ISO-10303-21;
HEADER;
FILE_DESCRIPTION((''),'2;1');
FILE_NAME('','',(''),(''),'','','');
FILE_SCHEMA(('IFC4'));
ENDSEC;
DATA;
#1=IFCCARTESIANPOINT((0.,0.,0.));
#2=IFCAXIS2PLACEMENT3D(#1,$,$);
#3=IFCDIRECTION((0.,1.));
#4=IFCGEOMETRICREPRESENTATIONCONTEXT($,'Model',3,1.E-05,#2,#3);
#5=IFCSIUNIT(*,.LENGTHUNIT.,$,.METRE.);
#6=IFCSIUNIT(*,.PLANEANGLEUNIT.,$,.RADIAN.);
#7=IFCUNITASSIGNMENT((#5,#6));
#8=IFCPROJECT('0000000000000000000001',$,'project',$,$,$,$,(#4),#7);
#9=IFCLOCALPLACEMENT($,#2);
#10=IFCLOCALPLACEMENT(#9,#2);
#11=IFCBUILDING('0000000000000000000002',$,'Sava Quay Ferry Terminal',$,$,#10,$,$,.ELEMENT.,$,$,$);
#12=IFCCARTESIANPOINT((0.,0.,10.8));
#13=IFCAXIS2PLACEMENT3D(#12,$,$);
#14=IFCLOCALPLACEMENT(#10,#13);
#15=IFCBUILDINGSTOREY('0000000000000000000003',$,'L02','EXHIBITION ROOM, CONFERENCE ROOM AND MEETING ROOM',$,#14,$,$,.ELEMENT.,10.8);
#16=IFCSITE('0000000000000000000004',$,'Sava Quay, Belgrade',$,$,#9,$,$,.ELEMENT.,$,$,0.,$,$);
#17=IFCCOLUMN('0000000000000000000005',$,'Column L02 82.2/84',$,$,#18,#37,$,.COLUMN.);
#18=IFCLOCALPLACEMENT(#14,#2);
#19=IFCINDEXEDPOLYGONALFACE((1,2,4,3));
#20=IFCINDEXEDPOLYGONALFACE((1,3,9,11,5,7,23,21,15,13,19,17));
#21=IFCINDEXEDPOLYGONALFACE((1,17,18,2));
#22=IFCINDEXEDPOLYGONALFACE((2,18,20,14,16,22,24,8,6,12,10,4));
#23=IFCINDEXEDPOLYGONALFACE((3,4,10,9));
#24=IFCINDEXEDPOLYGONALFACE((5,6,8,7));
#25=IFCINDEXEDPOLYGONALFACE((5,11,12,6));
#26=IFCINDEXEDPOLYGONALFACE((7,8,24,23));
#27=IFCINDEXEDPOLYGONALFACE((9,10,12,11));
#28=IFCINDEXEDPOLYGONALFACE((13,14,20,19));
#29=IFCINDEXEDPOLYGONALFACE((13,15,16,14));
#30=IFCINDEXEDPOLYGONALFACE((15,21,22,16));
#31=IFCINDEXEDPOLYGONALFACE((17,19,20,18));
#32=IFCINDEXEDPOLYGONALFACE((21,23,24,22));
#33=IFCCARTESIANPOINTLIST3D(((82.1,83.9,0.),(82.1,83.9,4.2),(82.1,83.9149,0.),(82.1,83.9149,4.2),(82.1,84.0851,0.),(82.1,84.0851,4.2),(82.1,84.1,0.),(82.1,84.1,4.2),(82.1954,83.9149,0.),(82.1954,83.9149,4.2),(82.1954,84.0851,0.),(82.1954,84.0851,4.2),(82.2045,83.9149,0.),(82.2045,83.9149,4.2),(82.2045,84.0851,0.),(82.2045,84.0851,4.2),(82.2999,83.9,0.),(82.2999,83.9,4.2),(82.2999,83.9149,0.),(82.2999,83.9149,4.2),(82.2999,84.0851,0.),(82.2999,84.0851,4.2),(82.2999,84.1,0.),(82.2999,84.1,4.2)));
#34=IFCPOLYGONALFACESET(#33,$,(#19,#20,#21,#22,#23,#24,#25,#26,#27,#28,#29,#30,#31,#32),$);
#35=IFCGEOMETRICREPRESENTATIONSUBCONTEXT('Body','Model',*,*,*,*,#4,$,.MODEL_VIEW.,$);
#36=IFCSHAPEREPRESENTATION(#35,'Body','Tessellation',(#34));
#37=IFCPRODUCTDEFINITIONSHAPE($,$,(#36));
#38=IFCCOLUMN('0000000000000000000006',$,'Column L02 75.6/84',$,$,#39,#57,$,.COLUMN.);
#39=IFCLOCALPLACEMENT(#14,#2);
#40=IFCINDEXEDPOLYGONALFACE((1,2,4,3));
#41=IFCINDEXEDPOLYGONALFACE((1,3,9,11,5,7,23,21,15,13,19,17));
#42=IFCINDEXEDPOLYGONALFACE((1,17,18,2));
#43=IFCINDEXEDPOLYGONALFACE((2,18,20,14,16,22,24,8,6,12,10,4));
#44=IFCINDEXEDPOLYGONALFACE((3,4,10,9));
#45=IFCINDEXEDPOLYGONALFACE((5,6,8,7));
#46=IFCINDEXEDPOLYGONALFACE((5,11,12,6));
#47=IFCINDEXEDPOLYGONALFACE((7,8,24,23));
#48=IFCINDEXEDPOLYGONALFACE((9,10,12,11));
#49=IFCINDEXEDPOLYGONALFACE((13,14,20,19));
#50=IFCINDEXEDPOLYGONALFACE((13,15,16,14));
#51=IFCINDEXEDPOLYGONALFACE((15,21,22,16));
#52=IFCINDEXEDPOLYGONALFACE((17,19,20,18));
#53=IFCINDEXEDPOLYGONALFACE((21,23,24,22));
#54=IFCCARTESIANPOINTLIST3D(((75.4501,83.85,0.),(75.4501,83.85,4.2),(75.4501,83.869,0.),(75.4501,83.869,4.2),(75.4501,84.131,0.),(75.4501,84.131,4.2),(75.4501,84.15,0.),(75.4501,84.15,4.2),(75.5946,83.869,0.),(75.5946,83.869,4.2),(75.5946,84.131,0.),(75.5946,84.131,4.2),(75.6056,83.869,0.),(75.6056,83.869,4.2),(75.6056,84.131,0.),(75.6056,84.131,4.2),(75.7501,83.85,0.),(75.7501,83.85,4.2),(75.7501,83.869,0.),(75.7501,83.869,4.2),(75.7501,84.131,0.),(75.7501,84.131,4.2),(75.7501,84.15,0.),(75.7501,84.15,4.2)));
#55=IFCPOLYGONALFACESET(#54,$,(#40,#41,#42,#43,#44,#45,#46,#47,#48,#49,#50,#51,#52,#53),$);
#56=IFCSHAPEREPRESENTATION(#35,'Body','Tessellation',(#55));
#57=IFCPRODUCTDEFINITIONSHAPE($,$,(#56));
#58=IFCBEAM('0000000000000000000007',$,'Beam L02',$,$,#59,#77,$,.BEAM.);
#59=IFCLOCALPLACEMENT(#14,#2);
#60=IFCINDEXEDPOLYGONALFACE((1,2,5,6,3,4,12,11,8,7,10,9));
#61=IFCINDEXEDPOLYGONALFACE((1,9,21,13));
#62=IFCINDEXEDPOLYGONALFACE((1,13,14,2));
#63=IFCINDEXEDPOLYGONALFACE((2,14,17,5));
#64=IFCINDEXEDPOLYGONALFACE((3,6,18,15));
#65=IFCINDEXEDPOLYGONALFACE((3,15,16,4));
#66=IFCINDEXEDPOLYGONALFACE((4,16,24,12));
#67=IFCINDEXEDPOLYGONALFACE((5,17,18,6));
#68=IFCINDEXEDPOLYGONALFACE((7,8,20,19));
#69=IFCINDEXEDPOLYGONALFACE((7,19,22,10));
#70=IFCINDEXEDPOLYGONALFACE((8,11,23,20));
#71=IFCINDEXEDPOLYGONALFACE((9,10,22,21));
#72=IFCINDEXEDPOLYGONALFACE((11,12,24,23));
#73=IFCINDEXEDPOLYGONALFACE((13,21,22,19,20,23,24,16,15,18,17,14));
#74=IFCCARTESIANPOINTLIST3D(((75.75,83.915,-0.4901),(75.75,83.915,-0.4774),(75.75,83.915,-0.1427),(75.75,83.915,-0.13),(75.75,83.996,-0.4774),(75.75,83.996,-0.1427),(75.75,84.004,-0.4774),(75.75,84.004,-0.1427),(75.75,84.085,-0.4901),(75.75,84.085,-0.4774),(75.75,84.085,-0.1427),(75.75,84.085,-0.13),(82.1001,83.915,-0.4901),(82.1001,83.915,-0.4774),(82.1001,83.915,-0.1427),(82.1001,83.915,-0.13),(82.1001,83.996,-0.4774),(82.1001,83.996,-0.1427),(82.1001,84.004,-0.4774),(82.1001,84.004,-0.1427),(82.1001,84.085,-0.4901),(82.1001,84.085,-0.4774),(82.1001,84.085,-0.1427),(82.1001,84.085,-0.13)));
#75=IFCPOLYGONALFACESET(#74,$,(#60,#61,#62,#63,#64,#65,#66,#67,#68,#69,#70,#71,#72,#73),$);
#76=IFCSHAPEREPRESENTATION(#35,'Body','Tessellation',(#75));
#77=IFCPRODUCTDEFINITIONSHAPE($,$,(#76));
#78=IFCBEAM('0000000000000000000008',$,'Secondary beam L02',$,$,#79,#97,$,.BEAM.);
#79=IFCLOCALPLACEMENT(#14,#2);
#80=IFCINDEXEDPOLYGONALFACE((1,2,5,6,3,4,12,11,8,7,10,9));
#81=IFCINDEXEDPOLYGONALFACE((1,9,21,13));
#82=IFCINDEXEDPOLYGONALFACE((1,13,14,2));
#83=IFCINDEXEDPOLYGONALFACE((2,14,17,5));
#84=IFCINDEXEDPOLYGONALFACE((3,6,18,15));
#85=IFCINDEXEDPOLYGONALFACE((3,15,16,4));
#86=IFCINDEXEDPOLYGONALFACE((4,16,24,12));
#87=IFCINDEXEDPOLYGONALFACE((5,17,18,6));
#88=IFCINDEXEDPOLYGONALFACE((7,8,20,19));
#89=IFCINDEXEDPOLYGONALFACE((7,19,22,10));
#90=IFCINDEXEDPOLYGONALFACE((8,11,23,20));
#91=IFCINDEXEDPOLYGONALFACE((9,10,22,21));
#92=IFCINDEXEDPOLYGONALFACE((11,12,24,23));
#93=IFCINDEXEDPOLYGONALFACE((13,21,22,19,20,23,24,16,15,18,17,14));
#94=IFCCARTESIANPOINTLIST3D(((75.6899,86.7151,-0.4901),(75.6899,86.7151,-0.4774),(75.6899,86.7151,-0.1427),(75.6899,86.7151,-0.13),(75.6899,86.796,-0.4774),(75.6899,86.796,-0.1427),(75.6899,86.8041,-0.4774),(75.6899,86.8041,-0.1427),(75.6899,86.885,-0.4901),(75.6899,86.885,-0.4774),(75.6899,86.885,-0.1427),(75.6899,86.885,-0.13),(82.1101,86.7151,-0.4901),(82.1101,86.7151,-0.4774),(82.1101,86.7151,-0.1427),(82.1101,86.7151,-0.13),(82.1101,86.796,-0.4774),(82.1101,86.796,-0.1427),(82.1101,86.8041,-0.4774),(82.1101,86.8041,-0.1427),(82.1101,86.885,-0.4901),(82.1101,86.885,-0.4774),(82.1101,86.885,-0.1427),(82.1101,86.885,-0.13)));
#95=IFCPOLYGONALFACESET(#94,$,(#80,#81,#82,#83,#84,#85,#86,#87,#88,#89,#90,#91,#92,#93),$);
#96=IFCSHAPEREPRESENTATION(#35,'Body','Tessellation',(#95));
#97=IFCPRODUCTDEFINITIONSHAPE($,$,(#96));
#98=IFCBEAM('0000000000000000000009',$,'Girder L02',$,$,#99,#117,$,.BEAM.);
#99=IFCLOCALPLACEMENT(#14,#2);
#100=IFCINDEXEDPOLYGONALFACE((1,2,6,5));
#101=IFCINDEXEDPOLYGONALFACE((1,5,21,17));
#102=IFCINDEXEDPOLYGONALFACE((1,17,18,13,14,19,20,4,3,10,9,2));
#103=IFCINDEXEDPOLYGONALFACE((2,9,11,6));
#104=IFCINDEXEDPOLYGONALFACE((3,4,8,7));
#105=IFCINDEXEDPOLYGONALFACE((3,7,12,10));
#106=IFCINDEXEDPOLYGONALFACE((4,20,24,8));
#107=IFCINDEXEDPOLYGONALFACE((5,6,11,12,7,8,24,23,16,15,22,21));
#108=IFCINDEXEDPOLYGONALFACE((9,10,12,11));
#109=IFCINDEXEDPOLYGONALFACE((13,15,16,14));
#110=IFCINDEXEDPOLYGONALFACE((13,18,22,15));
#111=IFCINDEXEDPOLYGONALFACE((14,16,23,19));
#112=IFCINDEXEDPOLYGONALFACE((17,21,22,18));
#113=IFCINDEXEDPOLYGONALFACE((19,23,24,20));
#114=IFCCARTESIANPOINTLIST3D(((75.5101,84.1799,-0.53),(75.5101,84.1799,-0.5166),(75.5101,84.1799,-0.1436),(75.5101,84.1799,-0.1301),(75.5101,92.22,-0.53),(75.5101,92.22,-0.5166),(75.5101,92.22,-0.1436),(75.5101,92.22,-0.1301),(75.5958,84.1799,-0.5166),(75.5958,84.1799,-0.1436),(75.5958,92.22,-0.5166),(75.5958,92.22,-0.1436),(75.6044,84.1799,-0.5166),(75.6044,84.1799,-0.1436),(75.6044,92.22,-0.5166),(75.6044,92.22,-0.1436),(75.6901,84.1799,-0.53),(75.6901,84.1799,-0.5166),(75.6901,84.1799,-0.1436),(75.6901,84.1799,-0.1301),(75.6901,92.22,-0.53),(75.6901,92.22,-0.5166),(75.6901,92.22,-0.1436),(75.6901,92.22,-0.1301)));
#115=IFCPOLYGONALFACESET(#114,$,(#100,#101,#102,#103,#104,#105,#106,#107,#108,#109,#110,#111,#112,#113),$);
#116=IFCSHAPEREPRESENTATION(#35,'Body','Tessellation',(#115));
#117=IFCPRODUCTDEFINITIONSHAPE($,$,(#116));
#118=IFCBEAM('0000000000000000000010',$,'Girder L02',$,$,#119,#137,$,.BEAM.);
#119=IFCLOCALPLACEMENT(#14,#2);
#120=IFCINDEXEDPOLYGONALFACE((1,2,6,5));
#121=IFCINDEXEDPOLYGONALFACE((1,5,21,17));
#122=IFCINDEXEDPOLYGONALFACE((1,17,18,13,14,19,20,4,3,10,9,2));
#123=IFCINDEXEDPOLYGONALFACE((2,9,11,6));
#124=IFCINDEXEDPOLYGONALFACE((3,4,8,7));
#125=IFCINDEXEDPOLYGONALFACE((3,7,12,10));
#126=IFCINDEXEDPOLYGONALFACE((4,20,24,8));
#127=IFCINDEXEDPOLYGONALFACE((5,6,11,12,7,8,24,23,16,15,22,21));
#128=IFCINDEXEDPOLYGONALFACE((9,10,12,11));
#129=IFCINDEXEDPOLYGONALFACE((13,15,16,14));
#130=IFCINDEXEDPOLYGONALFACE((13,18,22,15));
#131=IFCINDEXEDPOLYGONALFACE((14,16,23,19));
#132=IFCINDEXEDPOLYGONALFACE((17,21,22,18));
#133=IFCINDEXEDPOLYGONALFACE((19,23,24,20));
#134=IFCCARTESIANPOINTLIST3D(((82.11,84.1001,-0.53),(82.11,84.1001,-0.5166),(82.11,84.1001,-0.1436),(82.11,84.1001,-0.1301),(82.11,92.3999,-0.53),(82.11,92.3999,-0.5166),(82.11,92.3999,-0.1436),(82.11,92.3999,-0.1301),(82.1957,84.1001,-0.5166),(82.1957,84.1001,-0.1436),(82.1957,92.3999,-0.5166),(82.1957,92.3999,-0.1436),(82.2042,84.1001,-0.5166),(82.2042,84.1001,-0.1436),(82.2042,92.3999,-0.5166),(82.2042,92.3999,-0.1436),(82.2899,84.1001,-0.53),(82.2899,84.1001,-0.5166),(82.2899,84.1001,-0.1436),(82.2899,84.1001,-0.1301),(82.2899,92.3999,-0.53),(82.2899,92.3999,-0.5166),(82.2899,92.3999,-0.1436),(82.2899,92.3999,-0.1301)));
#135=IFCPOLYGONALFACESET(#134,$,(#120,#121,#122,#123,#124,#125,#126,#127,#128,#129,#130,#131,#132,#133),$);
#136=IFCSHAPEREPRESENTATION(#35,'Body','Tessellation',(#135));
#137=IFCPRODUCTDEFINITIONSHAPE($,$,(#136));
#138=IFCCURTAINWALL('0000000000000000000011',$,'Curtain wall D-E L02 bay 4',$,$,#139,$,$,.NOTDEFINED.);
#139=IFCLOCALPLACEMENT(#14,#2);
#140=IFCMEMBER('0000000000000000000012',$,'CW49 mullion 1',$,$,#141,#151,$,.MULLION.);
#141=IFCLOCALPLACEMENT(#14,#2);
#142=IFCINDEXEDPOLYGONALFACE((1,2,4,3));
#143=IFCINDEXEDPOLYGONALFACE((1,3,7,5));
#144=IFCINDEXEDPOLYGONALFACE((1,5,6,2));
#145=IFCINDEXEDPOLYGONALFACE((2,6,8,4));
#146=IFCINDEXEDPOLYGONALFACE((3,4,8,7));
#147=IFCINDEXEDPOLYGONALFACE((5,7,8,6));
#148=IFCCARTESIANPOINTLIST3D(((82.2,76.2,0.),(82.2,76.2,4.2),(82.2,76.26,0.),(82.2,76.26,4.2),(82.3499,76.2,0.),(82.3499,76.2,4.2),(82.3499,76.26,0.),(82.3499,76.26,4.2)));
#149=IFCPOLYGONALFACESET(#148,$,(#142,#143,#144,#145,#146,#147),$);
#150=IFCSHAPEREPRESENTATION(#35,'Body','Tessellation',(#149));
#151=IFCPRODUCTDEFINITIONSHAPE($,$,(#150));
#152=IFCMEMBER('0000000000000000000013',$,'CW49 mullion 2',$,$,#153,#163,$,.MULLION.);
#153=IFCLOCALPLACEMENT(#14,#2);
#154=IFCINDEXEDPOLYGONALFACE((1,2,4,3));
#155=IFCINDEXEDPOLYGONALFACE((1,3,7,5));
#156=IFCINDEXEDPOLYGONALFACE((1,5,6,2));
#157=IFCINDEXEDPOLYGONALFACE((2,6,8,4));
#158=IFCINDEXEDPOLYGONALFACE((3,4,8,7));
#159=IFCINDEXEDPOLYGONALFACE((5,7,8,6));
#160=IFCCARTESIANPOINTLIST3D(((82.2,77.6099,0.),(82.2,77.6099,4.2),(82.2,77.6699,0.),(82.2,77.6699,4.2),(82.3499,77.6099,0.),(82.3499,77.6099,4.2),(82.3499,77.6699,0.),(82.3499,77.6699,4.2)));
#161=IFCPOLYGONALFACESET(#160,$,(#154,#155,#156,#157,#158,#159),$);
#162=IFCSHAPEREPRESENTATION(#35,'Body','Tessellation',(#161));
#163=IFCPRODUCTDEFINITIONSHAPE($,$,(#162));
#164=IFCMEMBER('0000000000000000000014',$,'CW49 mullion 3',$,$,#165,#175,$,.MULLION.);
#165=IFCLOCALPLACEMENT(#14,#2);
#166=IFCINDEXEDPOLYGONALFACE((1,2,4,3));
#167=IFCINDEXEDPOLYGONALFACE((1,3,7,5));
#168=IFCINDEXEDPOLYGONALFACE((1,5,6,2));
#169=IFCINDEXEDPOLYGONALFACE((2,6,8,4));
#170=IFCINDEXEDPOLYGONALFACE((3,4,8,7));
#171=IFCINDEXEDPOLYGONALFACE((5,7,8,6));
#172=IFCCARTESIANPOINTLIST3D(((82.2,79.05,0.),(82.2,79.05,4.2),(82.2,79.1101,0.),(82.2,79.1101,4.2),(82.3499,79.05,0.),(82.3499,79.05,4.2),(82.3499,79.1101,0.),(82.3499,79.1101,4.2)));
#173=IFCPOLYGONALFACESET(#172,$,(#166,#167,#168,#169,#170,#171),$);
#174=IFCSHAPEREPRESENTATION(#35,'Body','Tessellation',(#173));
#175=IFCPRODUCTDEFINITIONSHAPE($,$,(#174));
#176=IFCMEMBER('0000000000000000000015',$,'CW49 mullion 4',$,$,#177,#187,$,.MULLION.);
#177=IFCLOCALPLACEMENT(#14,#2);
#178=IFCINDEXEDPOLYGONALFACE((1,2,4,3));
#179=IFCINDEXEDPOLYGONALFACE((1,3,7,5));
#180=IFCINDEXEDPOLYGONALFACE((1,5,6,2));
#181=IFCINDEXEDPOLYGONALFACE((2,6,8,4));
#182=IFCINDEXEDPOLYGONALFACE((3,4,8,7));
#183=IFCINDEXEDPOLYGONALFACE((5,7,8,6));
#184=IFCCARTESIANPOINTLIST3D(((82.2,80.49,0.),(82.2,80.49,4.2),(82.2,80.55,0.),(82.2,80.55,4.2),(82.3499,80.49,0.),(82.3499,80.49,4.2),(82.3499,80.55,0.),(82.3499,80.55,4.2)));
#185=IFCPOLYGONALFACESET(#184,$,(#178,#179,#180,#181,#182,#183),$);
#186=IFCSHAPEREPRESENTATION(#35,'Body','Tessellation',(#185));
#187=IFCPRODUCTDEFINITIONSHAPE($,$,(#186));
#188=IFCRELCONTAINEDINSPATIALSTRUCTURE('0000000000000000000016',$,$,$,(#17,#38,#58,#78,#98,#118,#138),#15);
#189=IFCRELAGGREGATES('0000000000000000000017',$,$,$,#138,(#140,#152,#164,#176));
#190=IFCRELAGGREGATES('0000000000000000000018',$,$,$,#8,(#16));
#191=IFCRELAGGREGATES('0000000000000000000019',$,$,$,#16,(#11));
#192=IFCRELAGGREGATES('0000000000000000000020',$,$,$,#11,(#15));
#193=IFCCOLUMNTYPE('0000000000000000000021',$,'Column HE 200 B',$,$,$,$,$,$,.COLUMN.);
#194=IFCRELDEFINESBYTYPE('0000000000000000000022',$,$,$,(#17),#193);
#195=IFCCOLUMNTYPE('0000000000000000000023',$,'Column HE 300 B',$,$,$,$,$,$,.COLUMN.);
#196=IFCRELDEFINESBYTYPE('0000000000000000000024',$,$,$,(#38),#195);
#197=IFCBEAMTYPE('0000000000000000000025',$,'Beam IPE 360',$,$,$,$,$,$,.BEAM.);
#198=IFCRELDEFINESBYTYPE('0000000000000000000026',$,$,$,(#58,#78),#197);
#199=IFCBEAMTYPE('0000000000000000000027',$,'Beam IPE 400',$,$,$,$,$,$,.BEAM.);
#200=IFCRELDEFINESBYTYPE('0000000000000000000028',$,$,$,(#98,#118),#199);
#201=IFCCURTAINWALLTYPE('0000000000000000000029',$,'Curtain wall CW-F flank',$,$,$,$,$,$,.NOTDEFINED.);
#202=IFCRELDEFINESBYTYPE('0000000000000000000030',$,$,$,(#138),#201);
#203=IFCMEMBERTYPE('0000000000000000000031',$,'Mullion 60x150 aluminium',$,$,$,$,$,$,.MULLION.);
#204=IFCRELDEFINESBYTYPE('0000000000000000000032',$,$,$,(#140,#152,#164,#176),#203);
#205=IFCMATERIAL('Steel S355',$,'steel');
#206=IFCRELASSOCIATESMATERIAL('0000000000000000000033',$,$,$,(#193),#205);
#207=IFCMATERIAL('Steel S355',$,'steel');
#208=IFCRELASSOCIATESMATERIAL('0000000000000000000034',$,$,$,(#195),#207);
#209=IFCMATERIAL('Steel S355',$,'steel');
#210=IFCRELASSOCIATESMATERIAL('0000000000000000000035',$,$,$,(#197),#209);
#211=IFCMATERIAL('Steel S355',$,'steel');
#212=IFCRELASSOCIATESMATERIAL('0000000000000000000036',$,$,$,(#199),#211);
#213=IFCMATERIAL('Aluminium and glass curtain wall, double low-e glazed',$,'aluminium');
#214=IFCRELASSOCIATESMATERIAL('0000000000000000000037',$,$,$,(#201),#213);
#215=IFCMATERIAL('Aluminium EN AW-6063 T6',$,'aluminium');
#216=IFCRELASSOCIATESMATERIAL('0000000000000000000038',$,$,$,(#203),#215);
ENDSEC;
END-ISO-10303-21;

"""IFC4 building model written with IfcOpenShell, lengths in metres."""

from ifc_helpers import new_model, si_unit, direction, frame, origin, origin_2d, place, context, subcontext, project, spatial, rectangle, i_section, extrude, material, material_profile, profile_set, type_object, element, aggregate, save


model = new_model("IFC4")

# Units and contexts
model_context = context("Model", 3, precision=1e-05, world=origin(), true_north=direction((0.0, 1.0)))
body_context = subcontext(model_context, "Body", "Model", "MODEL_VIEW")
ifc_project = project(units=[si_unit("LENGTHUNIT", "METRE"), si_unit("PLANEANGLEUNIT", "RADIAN")], contexts=[model_context])

# Site, building, storey
site_placement = place(None, origin())
site = spatial("IfcSite", under=ifc_project, at=site_placement, Name="Sava Quay, Belgrade", CompositionType="ELEMENT", RefElevation=0.0)
building_placement = place(site_placement, origin())
building = spatial("IfcBuilding", under=site, at=building_placement, Name="Sava Quay Ferry Terminal", CompositionType="ELEMENT")
storey_placement = place(building_placement, frame((0.0, 0.0, 10.8)))
storey = spatial("IfcBuildingStorey", under=building, at=storey_placement, Name="L02", Description="EXHIBITION ROOM, CONFERENCE ROOM AND MEETING ROOM", CompositionType="ELEMENT", Elevation=10.8)

# Columns
ifc_material_1 = material(Name="Steel S355", Category="steel")
ifc_material_profile_1 = material_profile(ifc_material_1, i_section(OverallWidth=0.2, OverallDepth=0.2, WebThickness=0.009, FlangeThickness=0.0149, at=origin_2d()), Name="HE 200 B")
ifc_profile_set_1 = profile_set([ifc_material_profile_1], Name="Steel S355")
column_type_1 = type_object("IfcColumnType", Name="Column HE 200 B", PredefinedType="COLUMN", material=ifc_profile_set_1)
column_1_placement = place(storey_placement, frame((82.2, 84.0, 0.0), z_axis=(0.0, 0.0, 1.0), x_axis=(1.0, 0.0, 0.0)))
element("IfcColumn", 1, at=column_1_placement, inside=storey, type_object=column_type_1, Name="Column L02 82.2/84", PredefinedType="COLUMN", context=body_context, shape_type="SweptSolid", body=[
    extrude(i_section(OverallWidth=0.2, OverallDepth=0.2, WebThickness=0.009, FlangeThickness=0.0149, at=origin_2d()), origin(), (0.0, 0.0, 1.0), 4.2),
])
ifc_material_2 = material(Name="Steel S355", Category="steel")
ifc_material_profile_2 = material_profile(ifc_material_2, i_section(OverallWidth=0.3, OverallDepth=0.3, WebThickness=0.011, FlangeThickness=0.019, at=origin_2d()), Name="HE 300 B")
ifc_profile_set_2 = profile_set([ifc_material_profile_2], Name="Steel S355")
column_type_2 = type_object("IfcColumnType", Name="Column HE 300 B", PredefinedType="COLUMN", material=ifc_profile_set_2)
column_2_placement = place(storey_placement, frame((75.6001, 84.0, 0.0), z_axis=(0.0, 0.0, 1.0), x_axis=(1.0, 0.0, 0.0)))
element("IfcColumn", 2, at=column_2_placement, inside=storey, type_object=column_type_2, Name="Column L02 75.6/84", PredefinedType="COLUMN", context=body_context, shape_type="SweptSolid", body=[
    extrude(i_section(OverallWidth=0.3, OverallDepth=0.3, WebThickness=0.011, FlangeThickness=0.019, at=origin_2d()), origin(), (0.0, 0.0, 1.0), 4.2),
])

# Beams
ifc_material_3 = material(Name="Steel S355", Category="steel")
ifc_material_profile_3 = material_profile(ifc_material_3, i_section(OverallWidth=0.1699, OverallDepth=0.3601, WebThickness=0.0081, FlangeThickness=0.0127, at=origin_2d()), Name="IPE 360")
ifc_profile_set_3 = profile_set([ifc_material_profile_3], Name="Steel S355")
beam_type_1 = type_object("IfcBeamType", Name="Beam IPE 360", PredefinedType="BEAM", material=ifc_profile_set_3)
beam_1_placement = place(storey_placement, frame((75.75, 84.0, -0.3101), z_axis=(1.0, 0.0, 0.0), x_axis=(0.0, 1.0, 0.0)))
element("IfcBeam", 3, at=beam_1_placement, inside=storey, type_object=beam_type_1, Name="Beam L02", PredefinedType="BEAM", context=body_context, shape_type="SweptSolid", body=[
    extrude(i_section(OverallWidth=0.1699, OverallDepth=0.3601, WebThickness=0.0081, FlangeThickness=0.0127, at=origin_2d()), origin(), (0.0, 0.0, 1.0), 6.3501),
])
beam_2_placement = place(storey_placement, frame((75.6899, 86.8, -0.3101), z_axis=(1.0, 0.0, 0.0), x_axis=(0.0, 1.0, 0.0)))
element("IfcBeam", 4, at=beam_2_placement, inside=storey, type_object=beam_type_1, Name="Secondary beam L02", PredefinedType="BEAM", context=body_context, shape_type="SweptSolid", body=[
    extrude(i_section(OverallWidth=0.1699, OverallDepth=0.3601, WebThickness=0.0081, FlangeThickness=0.0127, at=origin_2d()), origin(), (0.0, 0.0, 1.0), 6.4202),
])
ifc_material_4 = material(Name="Steel S355", Category="steel")
ifc_material_profile_4 = material_profile(ifc_material_4, i_section(OverallWidth=0.1799, OverallDepth=0.3999, WebThickness=0.0085, FlangeThickness=0.0134, at=origin_2d()), Name="IPE 400")
ifc_profile_set_4 = profile_set([ifc_material_profile_4], Name="Steel S355")
beam_type_2 = type_object("IfcBeamType", Name="Beam IPE 400", PredefinedType="BEAM", material=ifc_profile_set_4)
beam_3_placement = place(storey_placement, frame((75.6001, 84.1799, -0.3301), z_axis=(0.0, 1.0, 0.0), x_axis=(-1.0, 0.0, 0.0)))
element("IfcBeam", 5, at=beam_3_placement, inside=storey, type_object=beam_type_2, Name="Girder L02", PredefinedType="BEAM", context=body_context, shape_type="SweptSolid", body=[
    extrude(i_section(OverallWidth=0.1799, OverallDepth=0.3999, WebThickness=0.0085, FlangeThickness=0.0134, at=origin_2d()), origin(), (0.0, 0.0, 1.0), 8.04),
])
beam_4_placement = place(storey_placement, frame((82.2, 84.1001, -0.3301), z_axis=(0.0, 1.0, 0.0), x_axis=(-1.0, 0.0, 0.0)))
element("IfcBeam", 6, at=beam_4_placement, inside=storey, type_object=beam_type_2, Name="Girder L02", PredefinedType="BEAM", context=body_context, shape_type="SweptSolid", body=[
    extrude(i_section(OverallWidth=0.1799, OverallDepth=0.3999, WebThickness=0.0085, FlangeThickness=0.0134, at=origin_2d()), origin(), (0.0, 0.0, 1.0), 8.2998),
])

# Curtain wall, members
ifc_material_5 = material(Name="Aluminium and glass curtain wall, double low-e glazed", Category="aluminium")
curtain_wall_type = type_object("IfcCurtainWallType", Name="Curtain wall CW-F flank", PredefinedType="NOTDEFINED", material=ifc_material_5)
curtain_wall_placement = place(storey_placement, origin())
curtain_wall = element("IfcCurtainWall", 7, at=curtain_wall_placement, inside=storey, type_object=curtain_wall_type, Name="Curtain wall D-E L02 bay 4", PredefinedType="NOTDEFINED")
ifc_material_6 = material(Name="Aluminium EN AW-6063 T6", Category="aluminium")
ifc_material_profile_5 = material_profile(ifc_material_6, rectangle(XDim=0.1499, YDim=0.0601, at=origin_2d()), Name="Mullion 60x150 aluminium")
ifc_profile_set_5 = profile_set([ifc_material_profile_5], Name="Aluminium EN AW-6063 T6")
member_type_1 = type_object("IfcMemberType", Name="Mullion 60x150 aluminium", PredefinedType="MULLION", material=ifc_profile_set_5)
member_1_placement = place(storey_placement, frame((82.2749, 76.23, 0.0), z_axis=(0.0, 0.0, 1.0), x_axis=(-1.0, 0.0, 0.0)))
member_1 = element("IfcMember", 8, at=member_1_placement, type_object=member_type_1, Name="CW49 mullion 1", PredefinedType="MULLION", context=body_context, shape_type="SweptSolid", body=[
    extrude(rectangle(XDim=0.1499, YDim=0.0601, at=origin_2d()), origin(), (0.0, 0.0, 1.0), 4.2),
])
member_2_placement = place(storey_placement, frame((82.2749, 77.6399, 0.0), z_axis=(0.0, 0.0, 1.0), x_axis=(-1.0, 0.0, 0.0)))
member_2 = element("IfcMember", 9, at=member_2_placement, type_object=member_type_1, Name="CW49 mullion 2", PredefinedType="MULLION", context=body_context, shape_type="SweptSolid", body=[
    extrude(rectangle(XDim=0.1499, YDim=0.0601, at=origin_2d()), origin(), (0.0, 0.0, 1.0), 4.2),
])
member_3_placement = place(storey_placement, frame((82.2749, 79.0801, 0.0), z_axis=(0.0, 0.0, 1.0), x_axis=(-1.0, 0.0, 0.0)))
member_3 = element("IfcMember", 10, at=member_3_placement, type_object=member_type_1, Name="CW49 mullion 3", PredefinedType="MULLION", context=body_context, shape_type="SweptSolid", body=[
    extrude(rectangle(XDim=0.1499, YDim=0.0601, at=origin_2d()), origin(), (0.0, 0.0, 1.0), 4.2),
])
member_4_placement = place(storey_placement, frame((82.2749, 80.52, 0.0), z_axis=(0.0, 0.0, 1.0), x_axis=(-1.0, 0.0, 0.0)))
member_4 = element("IfcMember", 11, at=member_4_placement, type_object=member_type_1, Name="CW49 mullion 4", PredefinedType="MULLION", context=body_context, shape_type="SweptSolid", body=[
    extrude(rectangle(XDim=0.1499, YDim=0.0601, at=origin_2d()), origin(), (0.0, 0.0, 1.0), 4.2),
])
aggregate(curtain_wall, [member_1, member_2, member_3, member_4])

save(model, "model.ifc")
